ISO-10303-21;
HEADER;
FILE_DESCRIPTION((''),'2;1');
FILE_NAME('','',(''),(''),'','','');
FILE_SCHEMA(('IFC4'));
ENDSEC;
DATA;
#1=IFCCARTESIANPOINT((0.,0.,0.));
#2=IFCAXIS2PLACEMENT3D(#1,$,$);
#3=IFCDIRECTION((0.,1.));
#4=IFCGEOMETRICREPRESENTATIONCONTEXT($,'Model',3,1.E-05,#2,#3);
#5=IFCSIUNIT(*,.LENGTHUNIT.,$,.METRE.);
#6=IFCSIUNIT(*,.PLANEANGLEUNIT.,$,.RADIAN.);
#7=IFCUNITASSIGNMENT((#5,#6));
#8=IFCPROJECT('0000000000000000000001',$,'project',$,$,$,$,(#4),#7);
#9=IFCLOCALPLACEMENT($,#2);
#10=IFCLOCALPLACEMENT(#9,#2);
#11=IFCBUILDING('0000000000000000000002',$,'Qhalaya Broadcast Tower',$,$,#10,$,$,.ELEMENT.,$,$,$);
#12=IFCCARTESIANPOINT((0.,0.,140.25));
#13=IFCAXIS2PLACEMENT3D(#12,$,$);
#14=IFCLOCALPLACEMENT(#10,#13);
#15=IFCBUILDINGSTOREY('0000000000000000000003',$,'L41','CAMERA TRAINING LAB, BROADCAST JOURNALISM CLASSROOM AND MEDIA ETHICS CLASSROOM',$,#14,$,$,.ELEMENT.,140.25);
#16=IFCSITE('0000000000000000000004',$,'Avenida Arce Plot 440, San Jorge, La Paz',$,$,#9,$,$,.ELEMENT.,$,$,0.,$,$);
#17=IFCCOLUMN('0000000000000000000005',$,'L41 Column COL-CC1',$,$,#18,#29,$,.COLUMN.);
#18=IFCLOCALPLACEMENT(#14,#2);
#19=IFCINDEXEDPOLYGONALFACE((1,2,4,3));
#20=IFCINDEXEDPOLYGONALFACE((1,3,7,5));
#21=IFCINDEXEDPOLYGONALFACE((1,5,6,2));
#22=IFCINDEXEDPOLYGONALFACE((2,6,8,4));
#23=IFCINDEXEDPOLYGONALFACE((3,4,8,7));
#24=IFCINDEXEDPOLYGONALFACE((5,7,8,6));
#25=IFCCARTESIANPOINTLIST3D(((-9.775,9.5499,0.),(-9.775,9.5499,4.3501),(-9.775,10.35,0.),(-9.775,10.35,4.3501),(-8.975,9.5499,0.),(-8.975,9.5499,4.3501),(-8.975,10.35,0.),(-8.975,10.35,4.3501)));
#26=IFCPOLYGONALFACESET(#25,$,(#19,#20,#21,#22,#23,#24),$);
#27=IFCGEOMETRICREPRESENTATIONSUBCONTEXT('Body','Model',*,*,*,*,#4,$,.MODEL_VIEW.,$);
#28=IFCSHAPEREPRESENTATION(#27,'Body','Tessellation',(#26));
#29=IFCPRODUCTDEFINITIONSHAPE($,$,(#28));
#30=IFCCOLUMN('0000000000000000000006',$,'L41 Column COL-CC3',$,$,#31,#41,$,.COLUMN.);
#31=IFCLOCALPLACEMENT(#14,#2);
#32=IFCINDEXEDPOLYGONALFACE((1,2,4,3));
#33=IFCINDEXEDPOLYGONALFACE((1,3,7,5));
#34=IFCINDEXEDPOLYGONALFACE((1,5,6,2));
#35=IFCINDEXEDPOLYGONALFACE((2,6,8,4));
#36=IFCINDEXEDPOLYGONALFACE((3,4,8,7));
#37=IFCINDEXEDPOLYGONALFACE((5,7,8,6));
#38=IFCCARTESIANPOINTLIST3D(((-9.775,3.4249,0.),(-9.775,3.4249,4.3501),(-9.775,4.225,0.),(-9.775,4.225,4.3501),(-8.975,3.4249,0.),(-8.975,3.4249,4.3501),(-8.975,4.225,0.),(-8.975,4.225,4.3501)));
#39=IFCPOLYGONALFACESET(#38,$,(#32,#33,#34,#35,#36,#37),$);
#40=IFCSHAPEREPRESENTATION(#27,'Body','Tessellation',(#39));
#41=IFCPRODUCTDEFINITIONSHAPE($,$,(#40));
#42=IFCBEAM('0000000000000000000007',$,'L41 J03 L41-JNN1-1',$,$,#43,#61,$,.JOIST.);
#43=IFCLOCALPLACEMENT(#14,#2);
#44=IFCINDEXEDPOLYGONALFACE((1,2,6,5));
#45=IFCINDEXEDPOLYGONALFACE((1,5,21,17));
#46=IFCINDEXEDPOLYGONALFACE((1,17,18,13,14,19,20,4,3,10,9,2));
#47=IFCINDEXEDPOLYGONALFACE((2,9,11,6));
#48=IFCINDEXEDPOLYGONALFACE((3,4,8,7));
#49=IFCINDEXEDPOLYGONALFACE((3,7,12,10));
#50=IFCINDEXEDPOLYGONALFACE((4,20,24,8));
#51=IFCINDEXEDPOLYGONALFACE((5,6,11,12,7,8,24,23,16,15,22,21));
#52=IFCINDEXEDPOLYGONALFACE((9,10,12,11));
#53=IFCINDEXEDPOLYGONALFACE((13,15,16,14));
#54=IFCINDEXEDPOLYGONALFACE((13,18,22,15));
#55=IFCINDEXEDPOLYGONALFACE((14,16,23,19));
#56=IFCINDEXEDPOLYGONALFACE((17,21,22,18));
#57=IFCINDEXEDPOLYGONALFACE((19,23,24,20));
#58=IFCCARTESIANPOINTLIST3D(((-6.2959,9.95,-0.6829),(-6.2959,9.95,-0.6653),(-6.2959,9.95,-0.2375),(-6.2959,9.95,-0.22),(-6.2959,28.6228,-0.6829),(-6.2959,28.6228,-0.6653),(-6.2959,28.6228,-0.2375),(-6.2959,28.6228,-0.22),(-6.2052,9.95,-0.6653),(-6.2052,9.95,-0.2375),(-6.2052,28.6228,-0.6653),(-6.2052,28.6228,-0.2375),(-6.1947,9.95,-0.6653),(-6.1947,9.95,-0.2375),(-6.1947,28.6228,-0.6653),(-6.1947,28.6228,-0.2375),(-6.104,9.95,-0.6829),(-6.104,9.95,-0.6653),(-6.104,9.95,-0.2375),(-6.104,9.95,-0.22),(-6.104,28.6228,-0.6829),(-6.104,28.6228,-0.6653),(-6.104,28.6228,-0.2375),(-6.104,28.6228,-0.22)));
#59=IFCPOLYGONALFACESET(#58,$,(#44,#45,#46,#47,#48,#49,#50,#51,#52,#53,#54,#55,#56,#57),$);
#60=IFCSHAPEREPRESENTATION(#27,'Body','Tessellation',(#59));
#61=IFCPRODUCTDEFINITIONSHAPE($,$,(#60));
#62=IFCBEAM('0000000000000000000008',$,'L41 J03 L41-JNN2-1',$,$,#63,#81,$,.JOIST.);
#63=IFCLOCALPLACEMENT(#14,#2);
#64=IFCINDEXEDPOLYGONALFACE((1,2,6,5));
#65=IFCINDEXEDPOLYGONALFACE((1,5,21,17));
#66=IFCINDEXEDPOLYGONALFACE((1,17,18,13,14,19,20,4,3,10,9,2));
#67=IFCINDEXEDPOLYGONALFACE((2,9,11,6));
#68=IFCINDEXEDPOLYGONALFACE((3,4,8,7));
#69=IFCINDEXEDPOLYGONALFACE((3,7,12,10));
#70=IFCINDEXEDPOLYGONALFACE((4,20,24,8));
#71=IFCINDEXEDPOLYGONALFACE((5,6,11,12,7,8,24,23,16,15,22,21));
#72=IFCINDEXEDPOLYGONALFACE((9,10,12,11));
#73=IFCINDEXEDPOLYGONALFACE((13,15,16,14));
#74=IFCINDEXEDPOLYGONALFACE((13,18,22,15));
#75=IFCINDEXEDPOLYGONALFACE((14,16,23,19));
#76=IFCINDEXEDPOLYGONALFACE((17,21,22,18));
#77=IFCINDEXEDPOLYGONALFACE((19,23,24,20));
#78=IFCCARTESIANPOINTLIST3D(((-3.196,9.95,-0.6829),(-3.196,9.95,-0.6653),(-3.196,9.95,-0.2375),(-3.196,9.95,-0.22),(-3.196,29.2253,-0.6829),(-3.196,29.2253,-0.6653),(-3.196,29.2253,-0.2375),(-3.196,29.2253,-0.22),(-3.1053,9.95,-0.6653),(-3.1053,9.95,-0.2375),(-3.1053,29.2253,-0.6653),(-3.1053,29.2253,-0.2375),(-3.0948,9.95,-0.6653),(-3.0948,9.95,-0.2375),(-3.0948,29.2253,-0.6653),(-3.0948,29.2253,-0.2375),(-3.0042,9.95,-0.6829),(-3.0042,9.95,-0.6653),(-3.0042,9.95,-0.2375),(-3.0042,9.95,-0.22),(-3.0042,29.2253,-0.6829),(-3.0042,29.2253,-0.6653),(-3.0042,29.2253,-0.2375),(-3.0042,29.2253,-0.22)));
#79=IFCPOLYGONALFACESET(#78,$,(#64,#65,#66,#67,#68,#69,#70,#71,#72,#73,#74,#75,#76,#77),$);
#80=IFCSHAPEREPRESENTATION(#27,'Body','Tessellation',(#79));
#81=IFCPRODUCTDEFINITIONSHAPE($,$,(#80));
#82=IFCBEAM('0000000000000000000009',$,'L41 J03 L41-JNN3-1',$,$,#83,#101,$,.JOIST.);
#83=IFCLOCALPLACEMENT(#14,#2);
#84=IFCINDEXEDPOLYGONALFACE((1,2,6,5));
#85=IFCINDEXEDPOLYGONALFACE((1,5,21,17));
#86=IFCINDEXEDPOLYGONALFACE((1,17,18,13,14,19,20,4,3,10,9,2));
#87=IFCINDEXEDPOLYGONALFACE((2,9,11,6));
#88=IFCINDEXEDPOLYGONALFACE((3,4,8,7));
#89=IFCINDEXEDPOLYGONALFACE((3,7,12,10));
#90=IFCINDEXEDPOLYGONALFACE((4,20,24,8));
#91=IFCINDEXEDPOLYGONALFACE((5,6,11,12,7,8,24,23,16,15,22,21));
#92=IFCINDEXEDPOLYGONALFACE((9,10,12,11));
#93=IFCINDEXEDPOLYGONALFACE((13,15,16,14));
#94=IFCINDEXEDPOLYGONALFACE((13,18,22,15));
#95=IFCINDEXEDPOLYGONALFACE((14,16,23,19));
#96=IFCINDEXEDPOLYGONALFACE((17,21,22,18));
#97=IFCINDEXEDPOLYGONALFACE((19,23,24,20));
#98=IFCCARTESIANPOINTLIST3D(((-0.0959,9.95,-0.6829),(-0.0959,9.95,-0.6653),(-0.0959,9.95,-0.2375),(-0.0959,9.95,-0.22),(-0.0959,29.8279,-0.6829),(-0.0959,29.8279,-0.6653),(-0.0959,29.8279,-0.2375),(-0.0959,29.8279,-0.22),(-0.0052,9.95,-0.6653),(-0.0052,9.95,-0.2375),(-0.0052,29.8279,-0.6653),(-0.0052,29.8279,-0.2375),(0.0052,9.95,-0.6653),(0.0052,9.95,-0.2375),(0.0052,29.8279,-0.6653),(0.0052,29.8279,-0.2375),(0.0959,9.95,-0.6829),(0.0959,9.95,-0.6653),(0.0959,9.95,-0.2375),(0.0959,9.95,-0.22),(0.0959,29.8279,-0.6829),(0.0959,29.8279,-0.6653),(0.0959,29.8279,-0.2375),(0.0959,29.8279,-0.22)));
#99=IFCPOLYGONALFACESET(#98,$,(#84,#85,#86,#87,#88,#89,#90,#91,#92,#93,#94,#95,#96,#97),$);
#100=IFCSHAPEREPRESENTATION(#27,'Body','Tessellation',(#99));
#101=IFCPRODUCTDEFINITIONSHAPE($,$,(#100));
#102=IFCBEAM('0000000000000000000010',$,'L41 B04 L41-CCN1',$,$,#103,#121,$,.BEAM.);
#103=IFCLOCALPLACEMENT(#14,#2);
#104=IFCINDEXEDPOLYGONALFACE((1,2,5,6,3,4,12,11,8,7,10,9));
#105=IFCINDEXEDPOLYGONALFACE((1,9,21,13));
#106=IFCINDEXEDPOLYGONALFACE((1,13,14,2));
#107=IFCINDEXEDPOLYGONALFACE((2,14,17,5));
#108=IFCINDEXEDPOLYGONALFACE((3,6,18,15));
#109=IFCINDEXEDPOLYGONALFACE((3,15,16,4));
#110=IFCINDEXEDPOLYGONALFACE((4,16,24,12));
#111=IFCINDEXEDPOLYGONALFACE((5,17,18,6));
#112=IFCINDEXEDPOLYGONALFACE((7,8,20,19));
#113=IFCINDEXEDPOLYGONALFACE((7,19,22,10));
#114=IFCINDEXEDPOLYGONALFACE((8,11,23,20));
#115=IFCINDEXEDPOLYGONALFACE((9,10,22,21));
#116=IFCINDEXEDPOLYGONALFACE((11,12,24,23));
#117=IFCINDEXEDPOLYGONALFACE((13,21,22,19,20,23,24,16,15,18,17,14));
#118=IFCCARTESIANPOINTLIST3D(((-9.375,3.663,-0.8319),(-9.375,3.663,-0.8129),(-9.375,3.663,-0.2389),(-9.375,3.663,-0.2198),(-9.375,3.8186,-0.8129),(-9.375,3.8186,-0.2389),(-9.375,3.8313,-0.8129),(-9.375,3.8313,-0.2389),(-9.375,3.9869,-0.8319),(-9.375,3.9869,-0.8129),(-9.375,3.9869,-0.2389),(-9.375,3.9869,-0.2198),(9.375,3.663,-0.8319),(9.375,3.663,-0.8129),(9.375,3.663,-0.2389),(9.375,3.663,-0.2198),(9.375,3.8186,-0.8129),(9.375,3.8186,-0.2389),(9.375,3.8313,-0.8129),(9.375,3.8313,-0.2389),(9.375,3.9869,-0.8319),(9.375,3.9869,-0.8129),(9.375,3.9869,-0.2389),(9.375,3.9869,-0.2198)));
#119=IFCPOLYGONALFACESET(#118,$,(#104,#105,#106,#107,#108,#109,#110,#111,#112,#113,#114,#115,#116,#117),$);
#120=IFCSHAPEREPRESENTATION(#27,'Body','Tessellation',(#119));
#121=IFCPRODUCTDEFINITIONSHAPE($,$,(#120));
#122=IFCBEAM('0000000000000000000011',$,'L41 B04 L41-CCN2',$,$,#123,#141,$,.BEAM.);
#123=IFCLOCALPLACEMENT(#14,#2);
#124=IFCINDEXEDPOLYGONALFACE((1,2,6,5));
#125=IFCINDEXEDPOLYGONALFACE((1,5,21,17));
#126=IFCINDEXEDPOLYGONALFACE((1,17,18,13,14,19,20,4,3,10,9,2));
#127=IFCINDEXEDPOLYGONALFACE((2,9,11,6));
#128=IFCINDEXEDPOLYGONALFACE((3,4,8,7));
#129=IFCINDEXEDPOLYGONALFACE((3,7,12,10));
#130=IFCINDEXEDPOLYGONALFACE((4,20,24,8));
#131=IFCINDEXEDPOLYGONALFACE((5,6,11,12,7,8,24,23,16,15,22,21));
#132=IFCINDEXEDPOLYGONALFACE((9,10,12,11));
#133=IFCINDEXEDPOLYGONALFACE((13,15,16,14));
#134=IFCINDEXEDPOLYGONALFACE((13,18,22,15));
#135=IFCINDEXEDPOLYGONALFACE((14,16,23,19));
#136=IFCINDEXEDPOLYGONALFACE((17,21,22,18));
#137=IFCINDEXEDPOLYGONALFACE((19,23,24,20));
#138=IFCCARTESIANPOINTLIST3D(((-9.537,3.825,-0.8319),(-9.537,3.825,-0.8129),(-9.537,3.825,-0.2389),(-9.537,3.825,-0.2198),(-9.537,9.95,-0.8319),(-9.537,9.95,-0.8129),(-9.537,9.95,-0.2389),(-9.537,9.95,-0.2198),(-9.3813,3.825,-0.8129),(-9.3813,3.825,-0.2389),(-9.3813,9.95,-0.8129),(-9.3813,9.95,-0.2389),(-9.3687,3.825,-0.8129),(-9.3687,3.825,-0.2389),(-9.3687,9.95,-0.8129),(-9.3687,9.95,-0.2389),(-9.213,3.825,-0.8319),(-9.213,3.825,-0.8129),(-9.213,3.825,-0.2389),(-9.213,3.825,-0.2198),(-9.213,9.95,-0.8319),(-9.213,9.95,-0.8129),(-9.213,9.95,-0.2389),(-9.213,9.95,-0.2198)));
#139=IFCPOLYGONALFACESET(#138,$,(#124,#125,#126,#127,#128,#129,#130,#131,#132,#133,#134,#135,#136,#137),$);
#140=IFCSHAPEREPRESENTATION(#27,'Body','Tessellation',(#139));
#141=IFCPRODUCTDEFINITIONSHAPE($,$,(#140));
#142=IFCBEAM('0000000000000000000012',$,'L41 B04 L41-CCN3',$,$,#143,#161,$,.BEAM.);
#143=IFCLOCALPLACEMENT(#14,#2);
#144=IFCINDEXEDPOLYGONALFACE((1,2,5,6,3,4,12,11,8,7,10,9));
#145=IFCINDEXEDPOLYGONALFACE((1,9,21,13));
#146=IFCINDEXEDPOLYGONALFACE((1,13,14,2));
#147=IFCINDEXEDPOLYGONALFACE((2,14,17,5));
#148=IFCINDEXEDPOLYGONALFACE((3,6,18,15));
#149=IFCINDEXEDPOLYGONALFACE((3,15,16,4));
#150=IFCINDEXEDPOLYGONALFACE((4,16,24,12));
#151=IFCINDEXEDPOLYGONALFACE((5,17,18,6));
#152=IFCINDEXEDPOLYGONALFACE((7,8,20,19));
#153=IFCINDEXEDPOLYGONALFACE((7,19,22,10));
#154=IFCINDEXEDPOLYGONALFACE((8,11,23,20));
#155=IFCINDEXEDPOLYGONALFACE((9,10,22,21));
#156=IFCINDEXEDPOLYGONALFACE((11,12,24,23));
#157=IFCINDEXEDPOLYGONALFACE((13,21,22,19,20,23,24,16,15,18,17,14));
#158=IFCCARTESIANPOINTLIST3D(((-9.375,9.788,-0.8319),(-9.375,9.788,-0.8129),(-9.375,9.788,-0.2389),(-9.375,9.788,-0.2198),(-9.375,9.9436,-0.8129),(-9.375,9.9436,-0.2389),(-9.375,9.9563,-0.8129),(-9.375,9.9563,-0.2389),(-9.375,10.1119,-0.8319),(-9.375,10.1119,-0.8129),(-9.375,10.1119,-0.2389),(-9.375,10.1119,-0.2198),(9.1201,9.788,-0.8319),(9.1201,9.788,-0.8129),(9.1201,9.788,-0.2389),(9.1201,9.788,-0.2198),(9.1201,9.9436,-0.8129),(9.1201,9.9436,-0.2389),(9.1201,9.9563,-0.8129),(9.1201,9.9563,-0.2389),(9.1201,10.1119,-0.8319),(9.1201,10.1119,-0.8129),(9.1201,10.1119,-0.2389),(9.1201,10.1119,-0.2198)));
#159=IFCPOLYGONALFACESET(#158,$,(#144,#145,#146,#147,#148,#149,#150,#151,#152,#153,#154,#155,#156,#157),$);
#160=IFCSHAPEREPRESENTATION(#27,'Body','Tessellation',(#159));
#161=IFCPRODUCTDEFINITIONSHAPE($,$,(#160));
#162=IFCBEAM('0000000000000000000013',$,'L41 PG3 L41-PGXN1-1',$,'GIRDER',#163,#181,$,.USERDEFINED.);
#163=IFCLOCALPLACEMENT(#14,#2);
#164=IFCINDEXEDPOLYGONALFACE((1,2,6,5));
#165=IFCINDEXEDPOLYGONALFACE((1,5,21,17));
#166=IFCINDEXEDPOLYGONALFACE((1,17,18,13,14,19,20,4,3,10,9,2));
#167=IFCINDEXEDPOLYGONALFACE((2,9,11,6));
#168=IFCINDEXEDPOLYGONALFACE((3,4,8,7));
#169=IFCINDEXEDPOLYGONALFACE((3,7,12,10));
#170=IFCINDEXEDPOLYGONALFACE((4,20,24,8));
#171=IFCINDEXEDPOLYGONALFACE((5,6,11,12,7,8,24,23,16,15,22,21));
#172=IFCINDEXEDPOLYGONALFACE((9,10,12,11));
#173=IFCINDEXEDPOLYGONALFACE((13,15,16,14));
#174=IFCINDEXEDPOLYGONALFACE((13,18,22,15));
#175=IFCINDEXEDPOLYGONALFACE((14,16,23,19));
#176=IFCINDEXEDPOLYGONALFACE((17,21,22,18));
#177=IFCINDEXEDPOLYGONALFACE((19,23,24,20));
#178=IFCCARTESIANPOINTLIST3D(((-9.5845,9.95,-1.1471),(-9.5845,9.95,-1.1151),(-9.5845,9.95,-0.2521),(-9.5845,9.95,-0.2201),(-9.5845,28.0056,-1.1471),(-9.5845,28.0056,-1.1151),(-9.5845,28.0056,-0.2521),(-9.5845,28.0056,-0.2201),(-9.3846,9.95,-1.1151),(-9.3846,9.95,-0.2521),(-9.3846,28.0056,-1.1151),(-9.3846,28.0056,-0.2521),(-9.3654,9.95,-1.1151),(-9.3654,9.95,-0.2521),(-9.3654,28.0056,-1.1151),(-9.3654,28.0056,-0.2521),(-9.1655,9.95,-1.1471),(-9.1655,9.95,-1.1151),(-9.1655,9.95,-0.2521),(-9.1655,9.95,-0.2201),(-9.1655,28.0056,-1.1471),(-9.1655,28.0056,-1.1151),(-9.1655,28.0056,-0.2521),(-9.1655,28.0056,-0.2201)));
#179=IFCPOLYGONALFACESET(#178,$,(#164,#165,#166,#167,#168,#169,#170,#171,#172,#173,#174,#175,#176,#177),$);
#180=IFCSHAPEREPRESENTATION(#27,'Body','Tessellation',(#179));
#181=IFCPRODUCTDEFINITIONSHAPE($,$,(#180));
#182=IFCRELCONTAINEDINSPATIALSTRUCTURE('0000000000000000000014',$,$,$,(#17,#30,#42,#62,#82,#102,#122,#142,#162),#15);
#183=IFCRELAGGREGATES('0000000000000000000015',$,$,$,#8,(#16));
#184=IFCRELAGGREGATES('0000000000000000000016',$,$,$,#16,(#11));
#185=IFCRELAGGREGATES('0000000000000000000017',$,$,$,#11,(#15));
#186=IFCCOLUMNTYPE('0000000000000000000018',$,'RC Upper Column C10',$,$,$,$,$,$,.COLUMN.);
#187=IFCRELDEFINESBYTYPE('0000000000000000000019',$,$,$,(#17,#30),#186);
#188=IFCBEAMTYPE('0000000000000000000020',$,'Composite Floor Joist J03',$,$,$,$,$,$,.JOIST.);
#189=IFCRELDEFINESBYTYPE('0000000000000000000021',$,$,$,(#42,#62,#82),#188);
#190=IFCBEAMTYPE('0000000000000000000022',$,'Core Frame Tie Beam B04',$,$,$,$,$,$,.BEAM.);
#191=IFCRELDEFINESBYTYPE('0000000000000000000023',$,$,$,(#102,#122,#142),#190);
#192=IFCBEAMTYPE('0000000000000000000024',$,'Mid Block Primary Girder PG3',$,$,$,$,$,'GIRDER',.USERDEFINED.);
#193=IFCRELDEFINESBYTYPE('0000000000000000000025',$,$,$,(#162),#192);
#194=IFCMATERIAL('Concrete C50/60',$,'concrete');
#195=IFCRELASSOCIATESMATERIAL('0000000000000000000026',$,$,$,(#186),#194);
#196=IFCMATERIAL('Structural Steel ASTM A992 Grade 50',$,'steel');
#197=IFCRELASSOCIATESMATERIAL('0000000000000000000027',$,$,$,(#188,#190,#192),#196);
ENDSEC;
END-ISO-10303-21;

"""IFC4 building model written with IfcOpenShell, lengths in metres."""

from ifc_helpers import new_model, si_unit, direction, frame, origin, origin_2d, place, context, subcontext, project, spatial, rectangle, i_section, extrude, material, material_profile, profile_set, type_object, element, save


model = new_model("IFC4")

# Units and contexts
model_context = context("Model", 3, precision=1e-05, world=origin(), true_north=direction((0.0, 1.0)))
body_context = subcontext(model_context, "Body", "Model", "MODEL_VIEW")
ifc_project = project(units=[si_unit("LENGTHUNIT", "METRE"), si_unit("PLANEANGLEUNIT", "RADIAN")], contexts=[model_context])

# Site, building, storey
site_placement = place(None, origin())
site = spatial("IfcSite", under=ifc_project, at=site_placement, Name="Avenida Arce Plot 440, San Jorge, La Paz", CompositionType="ELEMENT", RefElevation=0.0)
building_placement = place(site_placement, origin())
building = spatial("IfcBuilding", under=site, at=building_placement, Name="Qhalaya Broadcast Tower", CompositionType="ELEMENT")
storey_placement = place(building_placement, frame((0.0, 0.0, 140.25)))
storey = spatial("IfcBuildingStorey", under=building, at=storey_placement, Name="L41", Description="CAMERA TRAINING LAB, BROADCAST JOURNALISM CLASSROOM AND MEDIA ETHICS CLASSROOM", CompositionType="ELEMENT", Elevation=140.25)

# Columns
ifc_material_1 = material(Name="Concrete C50/60", Category="concrete")
ifc_material_profile_1 = material_profile(ifc_material_1, rectangle(XDim=0.8, YDim=0.8, at=origin_2d()), Name="RC-COL 800x800")
ifc_profile_set_1 = profile_set([ifc_material_profile_1], Name="Concrete C50/60")
column_type = type_object("IfcColumnType", Name="RC Upper Column C10", PredefinedType="COLUMN", material=ifc_profile_set_1)
for number, where, z_axis, x_axis, name in (
    (1, (-9.375, 9.95, 0.0), (0.0, 0.0, 1.0), (1.0, 0.0, 0.0), "L41 Column COL-CC1"),
    (2, (-9.375, 3.825, 0.0), (0.0, 0.0, 1.0), (1.0, 0.0, 0.0), "L41 Column COL-CC3"),
):
    element("IfcColumn", number, at=place(storey_placement, frame(where, z_axis=z_axis, x_axis=x_axis)), inside=storey, type_object=column_type, Name=name, PredefinedType="COLUMN", context=body_context, shape_type="SweptSolid", body=[
        extrude(rectangle(XDim=0.8, YDim=0.8, at=origin_2d()), origin(), (0.0, 0.0, 1.0), 4.3501),
    ])

# Beams
ifc_material_2 = material(Name="Structural Steel ASTM A992 Grade 50", Category="steel")
ifc_material_profile_2 = material_profile(ifc_material_2, i_section(OverallWidth=0.1919, OverallDepth=0.4629, WebThickness=0.0105, FlangeThickness=0.0176, at=origin_2d()), Name="W18X60")
ifc_profile_set_2 = profile_set([ifc_material_profile_2], Name="Structural Steel ASTM A992 Grade 50")
beam_type_1 = type_object("IfcBeamType", Name="Composite Floor Joist J03", PredefinedType="JOIST", material=ifc_profile_set_2)
beam_1_placement = place(storey_placement, frame((-6.2, 9.95, -0.4514), z_axis=(0.0, 1.0, 0.0), x_axis=(-1.0, 0.0, 0.0)))
element("IfcBeam", 3, at=beam_1_placement, inside=storey, type_object=beam_type_1, Name="L41 J03 L41-JNN1-1", PredefinedType="JOIST", context=body_context, shape_type="SweptSolid", body=[
    extrude(i_section(OverallWidth=0.1919, OverallDepth=0.4629, WebThickness=0.0105, FlangeThickness=0.0176, at=origin_2d()), origin(), (0.0, 0.0, 1.0), 18.6729),
])
beam_2_placement = place(storey_placement, frame((-3.1001, 9.95, -0.4514), z_axis=(0.0, 1.0, 0.0), x_axis=(-1.0, 0.0, 0.0)))
element("IfcBeam", 4, at=beam_2_placement, inside=storey, type_object=beam_type_1, Name="L41 J03 L41-JNN2-1", PredefinedType="JOIST", context=body_context, shape_type="SweptSolid", body=[
    extrude(i_section(OverallWidth=0.1919, OverallDepth=0.4629, WebThickness=0.0105, FlangeThickness=0.0176, at=origin_2d()), origin(), (0.0, 0.0, 1.0), 19.2754),
])
beam_3_placement = place(storey_placement, frame((0.0, 9.95, -0.4514), z_axis=(0.0, 1.0, 0.0), x_axis=(-1.0, 0.0, 0.0)))
element("IfcBeam", 5, at=beam_3_placement, inside=storey, type_object=beam_type_1, Name="L41 J03 L41-JNN3-1", PredefinedType="JOIST", context=body_context, shape_type="SweptSolid", body=[
    extrude(i_section(OverallWidth=0.1919, OverallDepth=0.4629, WebThickness=0.0105, FlangeThickness=0.0176, at=origin_2d()), origin(), (0.0, 0.0, 1.0), 19.8779),
])
ifc_material_profile_3 = material_profile(ifc_material_2, i_section(OverallWidth=0.324, OverallDepth=0.6121, WebThickness=0.0127, FlangeThickness=0.019, at=origin_2d()), Name="W24X104")
ifc_profile_set_3 = profile_set([ifc_material_profile_3], Name="Structural Steel ASTM A992 Grade 50")
beam_type_2 = type_object("IfcBeamType", Name="Core Frame Tie Beam B04", PredefinedType="BEAM", material=ifc_profile_set_3)
beam_4_placement = place(storey_placement, frame((-9.375, 3.825, -0.5259), z_axis=(1.0, 0.0, 0.0), x_axis=(0.0, 1.0, 0.0)))
element("IfcBeam", 6, at=beam_4_placement, inside=storey, type_object=beam_type_2, Name="L41 B04 L41-CCN1", PredefinedType="BEAM", context=body_context, shape_type="SweptSolid", body=[
    extrude(i_section(OverallWidth=0.324, OverallDepth=0.6121, WebThickness=0.0127, FlangeThickness=0.019, at=origin_2d()), origin(), (0.0, 0.0, 1.0), 18.75),
])
beam_5_placement = place(storey_placement, frame((-9.375, 3.825, -0.5259), z_axis=(0.0, 1.0, 0.0), x_axis=(-1.0, 0.0, 0.0)))
element("IfcBeam", 7, at=beam_5_placement, inside=storey, type_object=beam_type_2, Name="L41 B04 L41-CCN2", PredefinedType="BEAM", context=body_context, shape_type="SweptSolid", body=[
    extrude(i_section(OverallWidth=0.324, OverallDepth=0.6121, WebThickness=0.0127, FlangeThickness=0.019, at=origin_2d()), origin(), (0.0, 0.0, 1.0), 6.125),
])
beam_6_placement = place(storey_placement, frame((-9.375, 9.95, -0.5259), z_axis=(1.0, 0.0, 0.0), x_axis=(0.0, 1.0, 0.0)))
element("IfcBeam", 8, at=beam_6_placement, inside=storey, type_object=beam_type_2, Name="L41 B04 L41-CCN3", PredefinedType="BEAM", context=body_context, shape_type="SweptSolid", body=[
    extrude(i_section(OverallWidth=0.324, OverallDepth=0.6121, WebThickness=0.0127, FlangeThickness=0.019, at=origin_2d()), origin(), (0.0, 0.0, 1.0), 18.4951),
])
ifc_material_profile_4 = material_profile(ifc_material_2, i_section(OverallWidth=0.4189, OverallDepth=0.927, WebThickness=0.0193, FlangeThickness=0.032, at=origin_2d()), Name="W36X231")
ifc_profile_set_4 = profile_set([ifc_material_profile_4], Name="Structural Steel ASTM A992 Grade 50")
beam_type_3 = type_object("IfcBeamType", Name="Mid Block Primary Girder PG3", ElementType="GIRDER", PredefinedType="USERDEFINED", material=ifc_profile_set_4)
beam_7_placement = place(storey_placement, frame((-9.375, 9.95, -0.6836), z_axis=(0.0, 1.0, 0.0), x_axis=(-1.0, 0.0, 0.0)))
element("IfcBeam", 9, at=beam_7_placement, inside=storey, type_object=beam_type_3, Name="L41 PG3 L41-PGXN1-1", ObjectType="GIRDER", PredefinedType="USERDEFINED", context=body_context, shape_type="SweptSolid", body=[
    extrude(i_section(OverallWidth=0.4189, OverallDepth=0.927, WebThickness=0.0193, FlangeThickness=0.032, at=origin_2d()), origin(), (0.0, 0.0, 1.0), 18.0557),
])

save(model, "model.ifc")
